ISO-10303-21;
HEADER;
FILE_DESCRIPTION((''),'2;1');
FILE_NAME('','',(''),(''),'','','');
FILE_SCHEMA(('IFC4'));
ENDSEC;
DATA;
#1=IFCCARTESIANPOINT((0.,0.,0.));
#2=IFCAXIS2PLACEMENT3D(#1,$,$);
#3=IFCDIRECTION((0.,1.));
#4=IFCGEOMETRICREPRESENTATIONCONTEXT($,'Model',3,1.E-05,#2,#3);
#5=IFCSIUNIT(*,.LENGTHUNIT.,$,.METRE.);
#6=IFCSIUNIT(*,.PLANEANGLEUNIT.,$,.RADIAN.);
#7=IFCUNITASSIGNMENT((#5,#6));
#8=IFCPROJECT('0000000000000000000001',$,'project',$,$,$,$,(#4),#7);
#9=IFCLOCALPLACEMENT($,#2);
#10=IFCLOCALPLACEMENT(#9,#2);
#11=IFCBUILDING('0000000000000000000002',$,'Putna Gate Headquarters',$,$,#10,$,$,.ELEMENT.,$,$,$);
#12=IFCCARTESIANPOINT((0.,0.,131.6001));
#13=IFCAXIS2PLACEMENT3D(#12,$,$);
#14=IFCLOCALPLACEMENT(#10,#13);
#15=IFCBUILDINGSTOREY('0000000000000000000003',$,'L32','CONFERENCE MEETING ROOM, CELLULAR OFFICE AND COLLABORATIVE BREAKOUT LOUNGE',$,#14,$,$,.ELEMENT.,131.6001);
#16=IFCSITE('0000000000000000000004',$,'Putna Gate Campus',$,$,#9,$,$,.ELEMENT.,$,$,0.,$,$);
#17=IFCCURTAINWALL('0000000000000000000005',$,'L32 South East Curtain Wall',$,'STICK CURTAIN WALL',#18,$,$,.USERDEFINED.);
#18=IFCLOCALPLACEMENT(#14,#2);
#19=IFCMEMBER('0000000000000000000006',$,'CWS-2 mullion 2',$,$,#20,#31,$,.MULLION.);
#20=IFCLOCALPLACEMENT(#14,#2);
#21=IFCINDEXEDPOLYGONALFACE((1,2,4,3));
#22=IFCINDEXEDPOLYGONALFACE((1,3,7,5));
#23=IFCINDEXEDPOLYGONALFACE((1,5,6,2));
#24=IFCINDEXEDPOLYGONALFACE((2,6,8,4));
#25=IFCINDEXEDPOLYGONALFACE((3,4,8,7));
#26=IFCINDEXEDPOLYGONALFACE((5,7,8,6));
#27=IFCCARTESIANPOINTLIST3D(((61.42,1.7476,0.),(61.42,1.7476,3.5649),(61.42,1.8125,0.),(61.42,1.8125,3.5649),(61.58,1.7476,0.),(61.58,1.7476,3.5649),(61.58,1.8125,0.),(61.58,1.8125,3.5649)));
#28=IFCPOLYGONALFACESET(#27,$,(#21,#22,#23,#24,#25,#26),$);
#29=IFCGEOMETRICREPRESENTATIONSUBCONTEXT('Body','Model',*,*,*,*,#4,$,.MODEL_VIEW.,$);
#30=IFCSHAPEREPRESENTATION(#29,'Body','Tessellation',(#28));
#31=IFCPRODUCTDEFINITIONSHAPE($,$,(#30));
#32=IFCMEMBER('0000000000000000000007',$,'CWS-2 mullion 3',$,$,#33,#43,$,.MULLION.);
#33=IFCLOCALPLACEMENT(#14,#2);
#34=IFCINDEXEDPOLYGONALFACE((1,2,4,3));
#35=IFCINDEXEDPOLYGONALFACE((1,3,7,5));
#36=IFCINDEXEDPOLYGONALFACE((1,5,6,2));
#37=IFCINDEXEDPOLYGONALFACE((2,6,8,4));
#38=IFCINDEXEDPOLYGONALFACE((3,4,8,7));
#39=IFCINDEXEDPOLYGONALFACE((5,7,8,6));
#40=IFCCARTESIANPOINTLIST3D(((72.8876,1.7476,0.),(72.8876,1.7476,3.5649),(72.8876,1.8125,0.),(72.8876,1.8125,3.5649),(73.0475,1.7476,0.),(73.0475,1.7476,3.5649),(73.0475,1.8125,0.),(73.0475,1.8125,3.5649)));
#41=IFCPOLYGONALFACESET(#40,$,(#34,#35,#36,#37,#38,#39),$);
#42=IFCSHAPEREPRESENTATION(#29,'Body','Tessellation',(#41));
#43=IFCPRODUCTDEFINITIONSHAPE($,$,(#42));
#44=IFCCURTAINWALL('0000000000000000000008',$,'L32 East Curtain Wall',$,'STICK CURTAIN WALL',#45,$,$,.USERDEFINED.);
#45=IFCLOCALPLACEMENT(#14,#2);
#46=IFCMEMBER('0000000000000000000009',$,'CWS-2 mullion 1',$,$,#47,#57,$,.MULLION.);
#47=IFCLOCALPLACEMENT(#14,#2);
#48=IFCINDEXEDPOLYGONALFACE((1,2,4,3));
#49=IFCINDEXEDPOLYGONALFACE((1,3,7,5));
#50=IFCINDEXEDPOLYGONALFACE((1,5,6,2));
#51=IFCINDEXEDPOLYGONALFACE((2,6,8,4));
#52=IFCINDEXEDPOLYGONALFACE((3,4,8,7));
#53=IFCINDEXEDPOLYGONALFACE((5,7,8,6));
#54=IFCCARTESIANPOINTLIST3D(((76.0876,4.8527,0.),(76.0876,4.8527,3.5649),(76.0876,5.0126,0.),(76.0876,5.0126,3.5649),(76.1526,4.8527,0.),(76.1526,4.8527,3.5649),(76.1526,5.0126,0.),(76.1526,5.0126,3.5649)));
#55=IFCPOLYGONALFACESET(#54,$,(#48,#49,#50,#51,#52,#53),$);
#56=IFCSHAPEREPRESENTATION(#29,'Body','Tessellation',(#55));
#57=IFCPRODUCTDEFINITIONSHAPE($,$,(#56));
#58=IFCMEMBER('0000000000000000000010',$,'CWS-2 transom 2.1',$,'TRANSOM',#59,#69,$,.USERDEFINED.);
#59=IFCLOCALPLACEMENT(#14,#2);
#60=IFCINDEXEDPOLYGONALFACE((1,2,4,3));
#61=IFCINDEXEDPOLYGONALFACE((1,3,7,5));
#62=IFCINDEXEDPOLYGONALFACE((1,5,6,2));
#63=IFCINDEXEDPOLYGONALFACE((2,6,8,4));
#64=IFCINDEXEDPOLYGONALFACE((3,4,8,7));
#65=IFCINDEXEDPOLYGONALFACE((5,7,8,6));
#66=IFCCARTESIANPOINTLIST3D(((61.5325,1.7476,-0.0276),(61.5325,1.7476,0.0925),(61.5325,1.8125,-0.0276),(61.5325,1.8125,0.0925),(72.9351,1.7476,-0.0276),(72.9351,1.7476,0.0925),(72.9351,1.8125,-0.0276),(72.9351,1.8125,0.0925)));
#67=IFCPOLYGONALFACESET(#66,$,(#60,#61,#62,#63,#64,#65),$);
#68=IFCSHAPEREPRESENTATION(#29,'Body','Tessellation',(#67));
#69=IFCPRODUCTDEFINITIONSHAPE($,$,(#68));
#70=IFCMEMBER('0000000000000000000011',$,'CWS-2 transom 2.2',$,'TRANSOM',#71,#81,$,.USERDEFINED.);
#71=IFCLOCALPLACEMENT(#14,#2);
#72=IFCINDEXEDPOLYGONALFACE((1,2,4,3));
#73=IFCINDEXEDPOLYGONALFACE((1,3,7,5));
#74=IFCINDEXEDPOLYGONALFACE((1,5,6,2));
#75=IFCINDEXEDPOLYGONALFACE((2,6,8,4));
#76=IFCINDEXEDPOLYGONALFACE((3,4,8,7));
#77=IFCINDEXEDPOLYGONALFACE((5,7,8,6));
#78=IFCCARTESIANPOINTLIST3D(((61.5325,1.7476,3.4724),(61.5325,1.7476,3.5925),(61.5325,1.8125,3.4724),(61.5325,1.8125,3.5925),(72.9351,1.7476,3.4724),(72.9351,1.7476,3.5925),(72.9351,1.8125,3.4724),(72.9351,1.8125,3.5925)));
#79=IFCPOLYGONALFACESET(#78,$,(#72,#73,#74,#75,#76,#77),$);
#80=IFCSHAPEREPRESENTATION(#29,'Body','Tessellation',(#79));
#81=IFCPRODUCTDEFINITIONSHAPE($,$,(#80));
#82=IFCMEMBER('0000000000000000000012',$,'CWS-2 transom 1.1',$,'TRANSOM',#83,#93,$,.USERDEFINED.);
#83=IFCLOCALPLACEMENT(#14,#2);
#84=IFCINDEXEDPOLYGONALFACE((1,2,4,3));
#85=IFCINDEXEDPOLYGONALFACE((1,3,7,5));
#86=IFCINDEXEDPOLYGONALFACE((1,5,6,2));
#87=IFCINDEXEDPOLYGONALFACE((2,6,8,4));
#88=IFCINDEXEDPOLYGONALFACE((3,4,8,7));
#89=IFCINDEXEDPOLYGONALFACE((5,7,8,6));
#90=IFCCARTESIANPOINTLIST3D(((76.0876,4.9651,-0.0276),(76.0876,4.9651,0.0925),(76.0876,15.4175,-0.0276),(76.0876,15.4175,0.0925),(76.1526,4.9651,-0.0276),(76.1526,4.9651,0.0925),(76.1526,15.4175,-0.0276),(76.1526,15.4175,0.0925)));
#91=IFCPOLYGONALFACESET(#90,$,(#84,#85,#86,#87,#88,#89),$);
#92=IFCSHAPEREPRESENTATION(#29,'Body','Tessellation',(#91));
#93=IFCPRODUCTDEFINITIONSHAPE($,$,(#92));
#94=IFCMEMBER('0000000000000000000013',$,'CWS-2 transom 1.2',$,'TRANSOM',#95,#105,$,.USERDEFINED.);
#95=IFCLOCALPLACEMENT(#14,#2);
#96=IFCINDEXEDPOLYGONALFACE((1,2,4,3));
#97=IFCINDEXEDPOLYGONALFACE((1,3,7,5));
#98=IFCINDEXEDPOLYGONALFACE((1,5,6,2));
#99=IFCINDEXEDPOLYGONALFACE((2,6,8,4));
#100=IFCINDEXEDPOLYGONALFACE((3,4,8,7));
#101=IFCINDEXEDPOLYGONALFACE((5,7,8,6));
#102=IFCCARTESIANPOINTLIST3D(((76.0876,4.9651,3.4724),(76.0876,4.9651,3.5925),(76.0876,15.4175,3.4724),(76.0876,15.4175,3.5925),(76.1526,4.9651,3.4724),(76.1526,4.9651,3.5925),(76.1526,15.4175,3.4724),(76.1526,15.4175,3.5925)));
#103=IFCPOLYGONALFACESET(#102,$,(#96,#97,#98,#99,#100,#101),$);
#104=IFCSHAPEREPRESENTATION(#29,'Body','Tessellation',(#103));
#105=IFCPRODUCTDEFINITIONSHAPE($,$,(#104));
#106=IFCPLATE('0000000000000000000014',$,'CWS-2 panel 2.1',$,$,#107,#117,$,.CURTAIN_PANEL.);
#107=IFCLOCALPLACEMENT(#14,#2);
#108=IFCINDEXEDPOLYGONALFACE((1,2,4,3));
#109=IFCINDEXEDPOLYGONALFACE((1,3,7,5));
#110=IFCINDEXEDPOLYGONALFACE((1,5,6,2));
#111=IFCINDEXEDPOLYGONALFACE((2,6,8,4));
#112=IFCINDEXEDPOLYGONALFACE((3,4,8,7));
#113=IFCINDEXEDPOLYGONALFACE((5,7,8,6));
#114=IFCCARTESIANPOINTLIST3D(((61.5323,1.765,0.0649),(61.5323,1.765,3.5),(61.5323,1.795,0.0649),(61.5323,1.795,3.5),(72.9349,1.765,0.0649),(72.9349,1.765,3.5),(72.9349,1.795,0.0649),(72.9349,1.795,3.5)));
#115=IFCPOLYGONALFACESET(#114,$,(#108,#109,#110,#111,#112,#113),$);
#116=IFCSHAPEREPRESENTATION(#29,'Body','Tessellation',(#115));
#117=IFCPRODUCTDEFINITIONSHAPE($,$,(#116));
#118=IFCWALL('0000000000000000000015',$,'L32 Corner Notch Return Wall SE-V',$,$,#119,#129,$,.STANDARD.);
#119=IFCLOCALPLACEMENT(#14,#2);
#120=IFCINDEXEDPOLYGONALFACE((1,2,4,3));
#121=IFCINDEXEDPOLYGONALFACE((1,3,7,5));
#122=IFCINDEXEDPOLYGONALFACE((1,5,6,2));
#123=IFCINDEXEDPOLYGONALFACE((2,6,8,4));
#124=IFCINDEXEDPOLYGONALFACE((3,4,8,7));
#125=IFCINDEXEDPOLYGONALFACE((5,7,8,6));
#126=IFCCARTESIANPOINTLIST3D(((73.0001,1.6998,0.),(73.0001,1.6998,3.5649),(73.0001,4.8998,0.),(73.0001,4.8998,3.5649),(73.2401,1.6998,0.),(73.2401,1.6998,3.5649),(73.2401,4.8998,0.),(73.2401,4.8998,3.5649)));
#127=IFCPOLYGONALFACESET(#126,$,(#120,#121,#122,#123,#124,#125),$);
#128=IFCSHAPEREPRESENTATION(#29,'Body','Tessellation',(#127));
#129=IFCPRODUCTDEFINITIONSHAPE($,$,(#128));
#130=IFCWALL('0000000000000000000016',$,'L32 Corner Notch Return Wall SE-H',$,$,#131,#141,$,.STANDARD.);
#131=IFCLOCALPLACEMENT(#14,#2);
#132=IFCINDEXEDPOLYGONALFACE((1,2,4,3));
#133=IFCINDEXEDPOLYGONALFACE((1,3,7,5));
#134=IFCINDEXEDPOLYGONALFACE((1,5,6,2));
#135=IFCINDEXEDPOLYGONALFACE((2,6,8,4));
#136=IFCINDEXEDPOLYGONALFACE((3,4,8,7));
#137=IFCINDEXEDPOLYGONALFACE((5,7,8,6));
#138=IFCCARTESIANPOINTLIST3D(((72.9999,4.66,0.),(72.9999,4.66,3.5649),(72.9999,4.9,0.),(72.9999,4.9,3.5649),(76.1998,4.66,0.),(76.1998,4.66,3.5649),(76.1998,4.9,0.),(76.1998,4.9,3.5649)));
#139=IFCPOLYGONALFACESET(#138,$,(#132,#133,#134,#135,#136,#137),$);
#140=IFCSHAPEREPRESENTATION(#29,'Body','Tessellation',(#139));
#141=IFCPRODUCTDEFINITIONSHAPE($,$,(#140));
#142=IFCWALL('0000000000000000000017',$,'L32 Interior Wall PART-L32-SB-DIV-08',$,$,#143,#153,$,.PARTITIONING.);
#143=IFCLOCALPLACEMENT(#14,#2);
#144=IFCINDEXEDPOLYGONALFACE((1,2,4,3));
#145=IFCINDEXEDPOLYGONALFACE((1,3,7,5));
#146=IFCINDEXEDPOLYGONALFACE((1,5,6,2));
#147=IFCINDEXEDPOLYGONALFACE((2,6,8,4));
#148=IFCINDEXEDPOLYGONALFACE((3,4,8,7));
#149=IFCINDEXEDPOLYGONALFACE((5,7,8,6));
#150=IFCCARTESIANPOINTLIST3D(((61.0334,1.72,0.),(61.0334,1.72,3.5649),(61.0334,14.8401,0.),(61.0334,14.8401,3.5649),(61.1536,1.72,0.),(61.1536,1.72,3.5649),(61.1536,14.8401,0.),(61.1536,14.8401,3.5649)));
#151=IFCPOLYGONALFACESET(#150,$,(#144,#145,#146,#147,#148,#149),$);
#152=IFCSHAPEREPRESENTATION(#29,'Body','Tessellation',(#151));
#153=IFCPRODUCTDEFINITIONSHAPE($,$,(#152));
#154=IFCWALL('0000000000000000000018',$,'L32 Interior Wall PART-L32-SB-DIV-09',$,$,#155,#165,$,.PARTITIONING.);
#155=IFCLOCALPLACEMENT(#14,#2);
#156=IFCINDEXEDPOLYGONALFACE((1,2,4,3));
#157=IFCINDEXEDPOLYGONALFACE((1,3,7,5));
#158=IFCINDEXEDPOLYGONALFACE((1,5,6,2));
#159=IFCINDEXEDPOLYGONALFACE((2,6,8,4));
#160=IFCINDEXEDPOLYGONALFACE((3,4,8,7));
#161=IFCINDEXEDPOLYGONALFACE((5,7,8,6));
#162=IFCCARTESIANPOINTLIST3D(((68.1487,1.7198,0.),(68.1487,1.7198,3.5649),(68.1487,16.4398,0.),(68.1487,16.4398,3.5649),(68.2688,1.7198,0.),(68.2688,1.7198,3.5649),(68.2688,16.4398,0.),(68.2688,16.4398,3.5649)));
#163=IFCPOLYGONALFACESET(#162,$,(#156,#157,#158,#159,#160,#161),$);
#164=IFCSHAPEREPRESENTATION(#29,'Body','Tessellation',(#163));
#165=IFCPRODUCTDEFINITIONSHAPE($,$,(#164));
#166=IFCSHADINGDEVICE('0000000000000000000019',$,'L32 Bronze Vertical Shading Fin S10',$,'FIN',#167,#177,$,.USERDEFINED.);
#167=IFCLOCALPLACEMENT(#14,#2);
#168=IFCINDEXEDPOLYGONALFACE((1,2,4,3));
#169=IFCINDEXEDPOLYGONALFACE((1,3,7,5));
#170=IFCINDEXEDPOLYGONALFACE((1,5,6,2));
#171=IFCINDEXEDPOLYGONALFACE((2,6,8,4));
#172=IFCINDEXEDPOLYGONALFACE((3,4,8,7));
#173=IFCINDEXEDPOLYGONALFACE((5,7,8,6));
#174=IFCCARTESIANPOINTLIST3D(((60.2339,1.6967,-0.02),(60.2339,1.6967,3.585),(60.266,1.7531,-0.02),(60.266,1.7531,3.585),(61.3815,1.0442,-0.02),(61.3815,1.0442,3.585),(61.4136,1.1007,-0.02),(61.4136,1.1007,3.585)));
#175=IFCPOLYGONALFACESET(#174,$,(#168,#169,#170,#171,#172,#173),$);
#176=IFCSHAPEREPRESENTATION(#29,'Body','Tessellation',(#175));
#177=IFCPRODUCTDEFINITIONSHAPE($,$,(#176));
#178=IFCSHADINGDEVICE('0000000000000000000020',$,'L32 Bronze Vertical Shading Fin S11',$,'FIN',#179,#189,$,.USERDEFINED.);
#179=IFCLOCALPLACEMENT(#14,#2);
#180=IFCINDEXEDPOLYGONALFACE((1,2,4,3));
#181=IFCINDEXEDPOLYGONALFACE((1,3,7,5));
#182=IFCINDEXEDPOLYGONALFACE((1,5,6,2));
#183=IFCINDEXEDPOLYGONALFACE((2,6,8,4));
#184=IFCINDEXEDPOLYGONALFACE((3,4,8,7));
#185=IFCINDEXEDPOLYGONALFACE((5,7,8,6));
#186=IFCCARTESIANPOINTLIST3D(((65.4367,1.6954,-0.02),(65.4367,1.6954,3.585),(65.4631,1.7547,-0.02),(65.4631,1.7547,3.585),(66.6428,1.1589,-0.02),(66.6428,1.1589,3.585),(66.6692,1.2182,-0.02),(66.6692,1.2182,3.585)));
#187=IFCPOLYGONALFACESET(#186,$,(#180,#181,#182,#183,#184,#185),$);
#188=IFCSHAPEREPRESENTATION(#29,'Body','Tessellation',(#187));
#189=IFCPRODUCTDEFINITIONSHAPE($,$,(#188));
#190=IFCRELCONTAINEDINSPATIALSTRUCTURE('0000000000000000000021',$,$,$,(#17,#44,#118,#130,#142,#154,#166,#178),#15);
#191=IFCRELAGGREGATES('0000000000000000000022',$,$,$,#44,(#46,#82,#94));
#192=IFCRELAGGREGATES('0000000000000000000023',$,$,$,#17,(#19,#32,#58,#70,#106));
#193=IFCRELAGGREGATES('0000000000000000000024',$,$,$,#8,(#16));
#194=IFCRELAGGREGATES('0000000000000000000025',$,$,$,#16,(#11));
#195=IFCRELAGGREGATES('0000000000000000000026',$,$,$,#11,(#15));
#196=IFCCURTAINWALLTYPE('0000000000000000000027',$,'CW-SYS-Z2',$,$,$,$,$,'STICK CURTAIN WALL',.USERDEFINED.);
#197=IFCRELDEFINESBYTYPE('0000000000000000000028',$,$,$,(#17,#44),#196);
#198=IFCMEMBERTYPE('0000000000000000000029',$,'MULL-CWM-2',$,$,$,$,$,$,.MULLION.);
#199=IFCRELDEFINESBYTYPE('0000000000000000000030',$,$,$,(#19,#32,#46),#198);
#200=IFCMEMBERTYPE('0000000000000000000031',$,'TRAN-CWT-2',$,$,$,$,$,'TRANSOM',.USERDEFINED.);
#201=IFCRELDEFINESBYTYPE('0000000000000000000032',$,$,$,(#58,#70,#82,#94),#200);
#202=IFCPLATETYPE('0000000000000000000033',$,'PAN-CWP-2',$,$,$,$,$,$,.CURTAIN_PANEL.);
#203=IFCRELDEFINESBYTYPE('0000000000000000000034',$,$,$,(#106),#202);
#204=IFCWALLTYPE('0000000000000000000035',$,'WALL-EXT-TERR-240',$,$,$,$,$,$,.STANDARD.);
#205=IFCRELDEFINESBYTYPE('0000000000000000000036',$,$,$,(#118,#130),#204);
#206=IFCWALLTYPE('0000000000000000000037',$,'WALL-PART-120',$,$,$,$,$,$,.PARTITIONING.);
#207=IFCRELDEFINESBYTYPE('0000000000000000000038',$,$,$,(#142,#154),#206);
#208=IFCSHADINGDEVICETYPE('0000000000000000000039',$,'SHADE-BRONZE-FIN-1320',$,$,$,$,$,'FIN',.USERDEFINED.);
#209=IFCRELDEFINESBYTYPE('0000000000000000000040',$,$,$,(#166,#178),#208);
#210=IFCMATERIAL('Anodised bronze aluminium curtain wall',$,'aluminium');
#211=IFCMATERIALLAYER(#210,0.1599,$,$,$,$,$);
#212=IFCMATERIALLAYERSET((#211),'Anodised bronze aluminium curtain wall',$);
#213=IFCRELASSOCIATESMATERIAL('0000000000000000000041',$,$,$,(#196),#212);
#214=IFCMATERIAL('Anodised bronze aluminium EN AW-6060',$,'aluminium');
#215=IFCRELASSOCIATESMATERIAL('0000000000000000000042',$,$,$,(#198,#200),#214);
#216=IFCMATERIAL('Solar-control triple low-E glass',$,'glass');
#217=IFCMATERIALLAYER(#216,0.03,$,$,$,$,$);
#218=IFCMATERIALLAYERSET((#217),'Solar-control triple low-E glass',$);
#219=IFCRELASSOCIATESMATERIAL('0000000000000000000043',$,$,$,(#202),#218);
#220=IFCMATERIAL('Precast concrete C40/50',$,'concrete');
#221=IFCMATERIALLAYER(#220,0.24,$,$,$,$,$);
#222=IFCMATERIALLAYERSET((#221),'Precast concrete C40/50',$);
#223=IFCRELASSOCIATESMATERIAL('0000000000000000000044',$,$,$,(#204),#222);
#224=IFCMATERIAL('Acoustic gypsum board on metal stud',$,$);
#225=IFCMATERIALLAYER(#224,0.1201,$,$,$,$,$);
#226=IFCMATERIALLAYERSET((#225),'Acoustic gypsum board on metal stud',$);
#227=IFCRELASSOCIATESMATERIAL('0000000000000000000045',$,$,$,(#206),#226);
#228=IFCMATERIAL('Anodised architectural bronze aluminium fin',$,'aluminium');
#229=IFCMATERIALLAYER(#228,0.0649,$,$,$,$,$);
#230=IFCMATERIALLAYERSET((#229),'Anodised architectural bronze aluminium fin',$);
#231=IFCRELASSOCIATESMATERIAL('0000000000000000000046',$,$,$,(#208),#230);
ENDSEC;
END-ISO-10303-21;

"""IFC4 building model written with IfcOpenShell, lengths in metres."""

from ifc_helpers import new_model, si_unit, direction, frame, frame_2d, origin, origin_2d, place, context, subcontext, project, spatial, rectangle, extrude, material, layer, layer_set, material_profile, profile_set, type_object, element, aggregate, save


model = new_model("IFC4")

# Units and contexts
model_context = context("Model", 3, precision=1e-05, world=origin(), true_north=direction((0.0, 1.0)))
body_context = subcontext(model_context, "Body", "Model", "MODEL_VIEW")
ifc_project = project(units=[si_unit("LENGTHUNIT", "METRE"), si_unit("PLANEANGLEUNIT", "RADIAN")], contexts=[model_context])

# Site, building, storey
site_placement = place(None, origin())
site = spatial("IfcSite", under=ifc_project, at=site_placement, Name="Putna Gate Campus", CompositionType="ELEMENT", RefElevation=0.0)
building_placement = place(site_placement, origin())
building = spatial("IfcBuilding", under=site, at=building_placement, Name="Putna Gate Headquarters", CompositionType="ELEMENT")
storey_placement = place(building_placement, frame((0.0, 0.0, 131.6001)))
storey = spatial("IfcBuildingStorey", under=building, at=storey_placement, Name="L32", Description="CONFERENCE MEETING ROOM, CELLULAR OFFICE AND COLLABORATIVE BREAKOUT LOUNGE", CompositionType="ELEMENT", Elevation=131.6001)

# Curtain wall, members
ifc_material_1 = material(Name="Anodised bronze aluminium curtain wall", Category="aluminium")
ifc_layer_1 = layer(ifc_material_1, 0.1599)
ifc_layer_set_1 = layer_set([ifc_layer_1], Name="Anodised bronze aluminium curtain wall")
curtain_wall_type = type_object("IfcCurtainWallType", Name="CW-SYS-Z2", ElementType="STICK CURTAIN WALL", PredefinedType="USERDEFINED", material=ifc_layer_set_1)
curtain_wall_1_placement = place(storey_placement, origin())
curtain_wall_1 = element("IfcCurtainWall", 1, at=curtain_wall_1_placement, inside=storey, type_object=curtain_wall_type, Name="L32 South East Curtain Wall", ObjectType="STICK CURTAIN WALL", PredefinedType="USERDEFINED")
ifc_material_2 = material(Name="Anodised bronze aluminium EN AW-6060", Category="aluminium")
ifc_material_profile_1 = material_profile(ifc_material_2, rectangle(XDim=0.0649, YDim=0.1599, at=origin_2d()), Name="Anodised bronze aluminium EN AW-6060")
ifc_profile_set_1 = profile_set([ifc_material_profile_1], Name="Anodised bronze aluminium EN AW-6060")
member_type_1 = type_object("IfcMemberType", Name="MULL-CWM-2", PredefinedType="MULLION", material=ifc_profile_set_1)
member_1_placement = place(storey_placement, frame((61.5, 1.78, 0.0), z_axis=(0.0, 0.0, 1.0), x_axis=(0.0, 1.0, 0.0)))
member_1 = element("IfcMember", 2, at=member_1_placement, type_object=member_type_1, Name="CWS-2 mullion 2", PredefinedType="MULLION", context=body_context, shape_type="SweptSolid", body=[
    extrude(rectangle(XDim=0.0649, YDim=0.1599, at=origin_2d()), origin(), (0.0, 0.0, 1.0), 3.5649),
])
member_2_placement = place(storey_placement, frame((72.9675, 1.78, 0.0), z_axis=(0.0, 0.0, 1.0), x_axis=(0.0, 1.0, 0.0)))
member_2 = element("IfcMember", 3, at=member_2_placement, type_object=member_type_1, Name="CWS-2 mullion 3", PredefinedType="MULLION", context=body_context, shape_type="SweptSolid", body=[
    extrude(rectangle(XDim=0.0649, YDim=0.1599, at=origin_2d()), origin(), (0.0, 0.0, 1.0), 3.5649),
])

# Curtain wall, member
curtain_wall_2_placement = place(storey_placement, origin())
curtain_wall_2 = element("IfcCurtainWall", 4, at=curtain_wall_2_placement, inside=storey, type_object=curtain_wall_type, Name="L32 East Curtain Wall", ObjectType="STICK CURTAIN WALL", PredefinedType="USERDEFINED")
member_3_placement = place(storey_placement, frame((76.1201, 4.9326, 0.0), z_axis=(0.0, 0.0, 1.0), x_axis=(-1.0, 0.0, 0.0)))
member_3 = element("IfcMember", 5, at=member_3_placement, type_object=member_type_1, Name="CWS-2 mullion 1", PredefinedType="MULLION", context=body_context, shape_type="SweptSolid", body=[
    extrude(rectangle(XDim=0.0649, YDim=0.1599, at=origin_2d()), origin(), (0.0, 0.0, 1.0), 3.5649),
])

# Members
ifc_material_profile_2 = material_profile(ifc_material_2, rectangle(XDim=0.0649, YDim=0.1201, at=origin_2d()), Name="Anodised bronze aluminium EN AW-6060")
ifc_profile_set_2 = profile_set([ifc_material_profile_2], Name="Anodised bronze aluminium EN AW-6060")
member_type_2 = type_object("IfcMemberType", Name="TRAN-CWT-2", ElementType="TRANSOM", PredefinedType="USERDEFINED", material=ifc_profile_set_2)
member_4_placement = place(storey_placement, frame((61.5325, 1.78, 0.0325), z_axis=(1.0, 0.0, 0.0), x_axis=(0.0, 1.0, 0.0)))
member_4 = element("IfcMember", 6, at=member_4_placement, type_object=member_type_2, Name="CWS-2 transom 2.1", ObjectType="TRANSOM", PredefinedType="USERDEFINED", context=body_context, shape_type="SweptSolid", body=[
    extrude(rectangle(XDim=0.0649, YDim=0.1201, at=origin_2d()), origin(), (0.0, 0.0, 1.0), 11.4026),
])
member_5_placement = place(storey_placement, frame((61.5325, 1.78, 3.5325), z_axis=(1.0, 0.0, 0.0), x_axis=(0.0, 1.0, 0.0)))
member_5 = element("IfcMember", 7, at=member_5_placement, type_object=member_type_2, Name="CWS-2 transom 2.2", ObjectType="TRANSOM", PredefinedType="USERDEFINED", context=body_context, shape_type="SweptSolid", body=[
    extrude(rectangle(XDim=0.0649, YDim=0.1201, at=origin_2d()), origin(), (0.0, 0.0, 1.0), 11.4026),
])
member_6_placement = place(storey_placement, frame((76.1201, 4.9651, 0.0325), z_axis=(0.0, 1.0, 0.0), x_axis=(-1.0, 0.0, 0.0)))
member_6 = element("IfcMember", 8, at=member_6_placement, type_object=member_type_2, Name="CWS-2 transom 1.1", ObjectType="TRANSOM", PredefinedType="USERDEFINED", context=body_context, shape_type="SweptSolid", body=[
    extrude(rectangle(XDim=0.0649, YDim=0.1201, at=origin_2d()), origin(), (0.0, 0.0, 1.0), 10.4524),
])
member_7_placement = place(storey_placement, frame((76.1201, 4.9651, 3.5325), z_axis=(0.0, 1.0, 0.0), x_axis=(-1.0, 0.0, 0.0)))
member_7 = element("IfcMember", 9, at=member_7_placement, type_object=member_type_2, Name="CWS-2 transom 1.2", ObjectType="TRANSOM", PredefinedType="USERDEFINED", context=body_context, shape_type="SweptSolid", body=[
    extrude(rectangle(XDim=0.0649, YDim=0.1201, at=origin_2d()), origin(), (0.0, 0.0, 1.0), 10.4524),
])
aggregate(curtain_wall_2, [member_3, member_6, member_7])

# Plate
ifc_material_3 = material(Name="Solar-control triple low-E glass", Category="glass")
ifc_layer_2 = layer(ifc_material_3, 0.03)
ifc_layer_set_2 = layer_set([ifc_layer_2], Name="Solar-control triple low-E glass")
plate_type = type_object("IfcPlateType", Name="PAN-CWP-2", PredefinedType="CURTAIN_PANEL", material=ifc_layer_set_2)
plate_placement = place(storey_placement, frame((67.2336, 1.78, 0.0649), z_axis=(0.0, 0.0, 1.0), x_axis=(1.0, 0.0, 0.0)))
plate = element("IfcPlate", 10, at=plate_placement, type_object=plate_type, Name="CWS-2 panel 2.1", PredefinedType="CURTAIN_PANEL", context=body_context, shape_type="SweptSolid", body=[
    extrude(rectangle(XDim=11.4026, YDim=0.03, at=origin_2d()), origin(), (0.0, 0.0, 1.0), 3.4351),
])
aggregate(curtain_wall_1, [member_1, member_2, member_4, member_5, plate])

# Walls
ifc_material_4 = material(Name="Precast concrete C40/50", Category="concrete")
ifc_layer_3 = layer(ifc_material_4, 0.24)
ifc_layer_set_3 = layer_set([ifc_layer_3], Name="Precast concrete C40/50")
wall_type_1 = type_object("IfcWallType", Name="WALL-EXT-TERR-240", PredefinedType="STANDARD", material=ifc_layer_set_3)
for number, where, z_axis, x_axis, name in (
    (11, (73.1201, 4.8999, 0.0), (0.0, 0.0, 1.0), (0.0, -1.0, 0.0), "L32 Corner Notch Return Wall SE-V"),
    (12, (76.2, 4.78, 0.0), (0.0, 0.0, 1.0), (-1.0, 0.0, 0.0), "L32 Corner Notch Return Wall SE-H"),
):
    element("IfcWall", number, at=place(storey_placement, frame(where, z_axis=z_axis, x_axis=x_axis)), inside=storey, type_object=wall_type_1, Name=name, PredefinedType="STANDARD", context=body_context, shape_type="SweptSolid", body=[
        extrude(rectangle(XDim=3.2, YDim=0.24, at=frame_2d((1.6001, 0.0))), origin(), (0.0, 0.0, 1.0), 3.5649),
    ])
ifc_material_5 = material(Name="Acoustic gypsum board on metal stud")
ifc_layer_4 = layer(ifc_material_5, 0.1201)
ifc_layer_set_4 = layer_set([ifc_layer_4], Name="Acoustic gypsum board on metal stud")
wall_type_2 = type_object("IfcWallType", Name="WALL-PART-120", PredefinedType="PARTITIONING", material=ifc_layer_set_4)
wall_1_placement = place(storey_placement, frame((61.0935, 1.72, 0.0), z_axis=(0.0, 0.0, 1.0), x_axis=(0.0, 1.0, 0.0)))
element("IfcWall", 13, at=wall_1_placement, inside=storey, type_object=wall_type_2, Name="L32 Interior Wall PART-L32-SB-DIV-08", PredefinedType="PARTITIONING", context=body_context, shape_type="SweptSolid", body=[
    extrude(rectangle(XDim=13.1201, YDim=0.1201, at=frame_2d((6.5601, 0.0))), origin(), (0.0, 0.0, 1.0), 3.5649),
])
wall_2_placement = place(storey_placement, frame((68.2087, 1.72, 0.0), z_axis=(0.0, 0.0, 1.0), x_axis=(0.0, 1.0, 0.0)))
element("IfcWall", 14, at=wall_2_placement, inside=storey, type_object=wall_type_2, Name="L32 Interior Wall PART-L32-SB-DIV-09", PredefinedType="PARTITIONING", context=body_context, shape_type="SweptSolid", body=[
    extrude(rectangle(XDim=14.72, YDim=0.1201, at=frame_2d((7.3599, 0.0))), origin(), (0.0, 0.0, 1.0), 3.5649),
])

# Shading devices
ifc_material_6 = material(Name="Anodised architectural bronze aluminium fin", Category="aluminium")
ifc_layer_5 = layer(ifc_material_6, 0.0649)
ifc_layer_set_5 = layer_set([ifc_layer_5], Name="Anodised architectural bronze aluminium fin")
shading_device_type = type_object("IfcShadingDeviceType", Name="SHADE-BRONZE-FIN-1320", ElementType="FIN", PredefinedType="USERDEFINED", material=ifc_layer_set_5)
for number, where, z_axis, x_axis, name in (
    (15, (60.8237, 1.3987, -0.02), (0.0, 0.0, 1.0), (0.869322, -0.494245, 0.0), "L32 Bronze Vertical Shading Fin S10"),
    (16, (66.053, 1.4568, -0.02), (0.0, 0.0, 1.0), (0.913687, -0.406418, 0.0), "L32 Bronze Vertical Shading Fin S11"),
):
    element("IfcShadingDevice", number, at=place(storey_placement, frame(where, z_axis=z_axis, x_axis=x_axis)), inside=storey, type_object=shading_device_type, Name=name, ObjectType="FIN", PredefinedType="USERDEFINED", context=body_context, shape_type="SweptSolid", body=[
        extrude(rectangle(XDim=1.3201, YDim=0.0649, at=origin_2d()), origin(), (0.0, 0.0, 1.0), 3.605),
    ])

save(model, "model.ifc")
